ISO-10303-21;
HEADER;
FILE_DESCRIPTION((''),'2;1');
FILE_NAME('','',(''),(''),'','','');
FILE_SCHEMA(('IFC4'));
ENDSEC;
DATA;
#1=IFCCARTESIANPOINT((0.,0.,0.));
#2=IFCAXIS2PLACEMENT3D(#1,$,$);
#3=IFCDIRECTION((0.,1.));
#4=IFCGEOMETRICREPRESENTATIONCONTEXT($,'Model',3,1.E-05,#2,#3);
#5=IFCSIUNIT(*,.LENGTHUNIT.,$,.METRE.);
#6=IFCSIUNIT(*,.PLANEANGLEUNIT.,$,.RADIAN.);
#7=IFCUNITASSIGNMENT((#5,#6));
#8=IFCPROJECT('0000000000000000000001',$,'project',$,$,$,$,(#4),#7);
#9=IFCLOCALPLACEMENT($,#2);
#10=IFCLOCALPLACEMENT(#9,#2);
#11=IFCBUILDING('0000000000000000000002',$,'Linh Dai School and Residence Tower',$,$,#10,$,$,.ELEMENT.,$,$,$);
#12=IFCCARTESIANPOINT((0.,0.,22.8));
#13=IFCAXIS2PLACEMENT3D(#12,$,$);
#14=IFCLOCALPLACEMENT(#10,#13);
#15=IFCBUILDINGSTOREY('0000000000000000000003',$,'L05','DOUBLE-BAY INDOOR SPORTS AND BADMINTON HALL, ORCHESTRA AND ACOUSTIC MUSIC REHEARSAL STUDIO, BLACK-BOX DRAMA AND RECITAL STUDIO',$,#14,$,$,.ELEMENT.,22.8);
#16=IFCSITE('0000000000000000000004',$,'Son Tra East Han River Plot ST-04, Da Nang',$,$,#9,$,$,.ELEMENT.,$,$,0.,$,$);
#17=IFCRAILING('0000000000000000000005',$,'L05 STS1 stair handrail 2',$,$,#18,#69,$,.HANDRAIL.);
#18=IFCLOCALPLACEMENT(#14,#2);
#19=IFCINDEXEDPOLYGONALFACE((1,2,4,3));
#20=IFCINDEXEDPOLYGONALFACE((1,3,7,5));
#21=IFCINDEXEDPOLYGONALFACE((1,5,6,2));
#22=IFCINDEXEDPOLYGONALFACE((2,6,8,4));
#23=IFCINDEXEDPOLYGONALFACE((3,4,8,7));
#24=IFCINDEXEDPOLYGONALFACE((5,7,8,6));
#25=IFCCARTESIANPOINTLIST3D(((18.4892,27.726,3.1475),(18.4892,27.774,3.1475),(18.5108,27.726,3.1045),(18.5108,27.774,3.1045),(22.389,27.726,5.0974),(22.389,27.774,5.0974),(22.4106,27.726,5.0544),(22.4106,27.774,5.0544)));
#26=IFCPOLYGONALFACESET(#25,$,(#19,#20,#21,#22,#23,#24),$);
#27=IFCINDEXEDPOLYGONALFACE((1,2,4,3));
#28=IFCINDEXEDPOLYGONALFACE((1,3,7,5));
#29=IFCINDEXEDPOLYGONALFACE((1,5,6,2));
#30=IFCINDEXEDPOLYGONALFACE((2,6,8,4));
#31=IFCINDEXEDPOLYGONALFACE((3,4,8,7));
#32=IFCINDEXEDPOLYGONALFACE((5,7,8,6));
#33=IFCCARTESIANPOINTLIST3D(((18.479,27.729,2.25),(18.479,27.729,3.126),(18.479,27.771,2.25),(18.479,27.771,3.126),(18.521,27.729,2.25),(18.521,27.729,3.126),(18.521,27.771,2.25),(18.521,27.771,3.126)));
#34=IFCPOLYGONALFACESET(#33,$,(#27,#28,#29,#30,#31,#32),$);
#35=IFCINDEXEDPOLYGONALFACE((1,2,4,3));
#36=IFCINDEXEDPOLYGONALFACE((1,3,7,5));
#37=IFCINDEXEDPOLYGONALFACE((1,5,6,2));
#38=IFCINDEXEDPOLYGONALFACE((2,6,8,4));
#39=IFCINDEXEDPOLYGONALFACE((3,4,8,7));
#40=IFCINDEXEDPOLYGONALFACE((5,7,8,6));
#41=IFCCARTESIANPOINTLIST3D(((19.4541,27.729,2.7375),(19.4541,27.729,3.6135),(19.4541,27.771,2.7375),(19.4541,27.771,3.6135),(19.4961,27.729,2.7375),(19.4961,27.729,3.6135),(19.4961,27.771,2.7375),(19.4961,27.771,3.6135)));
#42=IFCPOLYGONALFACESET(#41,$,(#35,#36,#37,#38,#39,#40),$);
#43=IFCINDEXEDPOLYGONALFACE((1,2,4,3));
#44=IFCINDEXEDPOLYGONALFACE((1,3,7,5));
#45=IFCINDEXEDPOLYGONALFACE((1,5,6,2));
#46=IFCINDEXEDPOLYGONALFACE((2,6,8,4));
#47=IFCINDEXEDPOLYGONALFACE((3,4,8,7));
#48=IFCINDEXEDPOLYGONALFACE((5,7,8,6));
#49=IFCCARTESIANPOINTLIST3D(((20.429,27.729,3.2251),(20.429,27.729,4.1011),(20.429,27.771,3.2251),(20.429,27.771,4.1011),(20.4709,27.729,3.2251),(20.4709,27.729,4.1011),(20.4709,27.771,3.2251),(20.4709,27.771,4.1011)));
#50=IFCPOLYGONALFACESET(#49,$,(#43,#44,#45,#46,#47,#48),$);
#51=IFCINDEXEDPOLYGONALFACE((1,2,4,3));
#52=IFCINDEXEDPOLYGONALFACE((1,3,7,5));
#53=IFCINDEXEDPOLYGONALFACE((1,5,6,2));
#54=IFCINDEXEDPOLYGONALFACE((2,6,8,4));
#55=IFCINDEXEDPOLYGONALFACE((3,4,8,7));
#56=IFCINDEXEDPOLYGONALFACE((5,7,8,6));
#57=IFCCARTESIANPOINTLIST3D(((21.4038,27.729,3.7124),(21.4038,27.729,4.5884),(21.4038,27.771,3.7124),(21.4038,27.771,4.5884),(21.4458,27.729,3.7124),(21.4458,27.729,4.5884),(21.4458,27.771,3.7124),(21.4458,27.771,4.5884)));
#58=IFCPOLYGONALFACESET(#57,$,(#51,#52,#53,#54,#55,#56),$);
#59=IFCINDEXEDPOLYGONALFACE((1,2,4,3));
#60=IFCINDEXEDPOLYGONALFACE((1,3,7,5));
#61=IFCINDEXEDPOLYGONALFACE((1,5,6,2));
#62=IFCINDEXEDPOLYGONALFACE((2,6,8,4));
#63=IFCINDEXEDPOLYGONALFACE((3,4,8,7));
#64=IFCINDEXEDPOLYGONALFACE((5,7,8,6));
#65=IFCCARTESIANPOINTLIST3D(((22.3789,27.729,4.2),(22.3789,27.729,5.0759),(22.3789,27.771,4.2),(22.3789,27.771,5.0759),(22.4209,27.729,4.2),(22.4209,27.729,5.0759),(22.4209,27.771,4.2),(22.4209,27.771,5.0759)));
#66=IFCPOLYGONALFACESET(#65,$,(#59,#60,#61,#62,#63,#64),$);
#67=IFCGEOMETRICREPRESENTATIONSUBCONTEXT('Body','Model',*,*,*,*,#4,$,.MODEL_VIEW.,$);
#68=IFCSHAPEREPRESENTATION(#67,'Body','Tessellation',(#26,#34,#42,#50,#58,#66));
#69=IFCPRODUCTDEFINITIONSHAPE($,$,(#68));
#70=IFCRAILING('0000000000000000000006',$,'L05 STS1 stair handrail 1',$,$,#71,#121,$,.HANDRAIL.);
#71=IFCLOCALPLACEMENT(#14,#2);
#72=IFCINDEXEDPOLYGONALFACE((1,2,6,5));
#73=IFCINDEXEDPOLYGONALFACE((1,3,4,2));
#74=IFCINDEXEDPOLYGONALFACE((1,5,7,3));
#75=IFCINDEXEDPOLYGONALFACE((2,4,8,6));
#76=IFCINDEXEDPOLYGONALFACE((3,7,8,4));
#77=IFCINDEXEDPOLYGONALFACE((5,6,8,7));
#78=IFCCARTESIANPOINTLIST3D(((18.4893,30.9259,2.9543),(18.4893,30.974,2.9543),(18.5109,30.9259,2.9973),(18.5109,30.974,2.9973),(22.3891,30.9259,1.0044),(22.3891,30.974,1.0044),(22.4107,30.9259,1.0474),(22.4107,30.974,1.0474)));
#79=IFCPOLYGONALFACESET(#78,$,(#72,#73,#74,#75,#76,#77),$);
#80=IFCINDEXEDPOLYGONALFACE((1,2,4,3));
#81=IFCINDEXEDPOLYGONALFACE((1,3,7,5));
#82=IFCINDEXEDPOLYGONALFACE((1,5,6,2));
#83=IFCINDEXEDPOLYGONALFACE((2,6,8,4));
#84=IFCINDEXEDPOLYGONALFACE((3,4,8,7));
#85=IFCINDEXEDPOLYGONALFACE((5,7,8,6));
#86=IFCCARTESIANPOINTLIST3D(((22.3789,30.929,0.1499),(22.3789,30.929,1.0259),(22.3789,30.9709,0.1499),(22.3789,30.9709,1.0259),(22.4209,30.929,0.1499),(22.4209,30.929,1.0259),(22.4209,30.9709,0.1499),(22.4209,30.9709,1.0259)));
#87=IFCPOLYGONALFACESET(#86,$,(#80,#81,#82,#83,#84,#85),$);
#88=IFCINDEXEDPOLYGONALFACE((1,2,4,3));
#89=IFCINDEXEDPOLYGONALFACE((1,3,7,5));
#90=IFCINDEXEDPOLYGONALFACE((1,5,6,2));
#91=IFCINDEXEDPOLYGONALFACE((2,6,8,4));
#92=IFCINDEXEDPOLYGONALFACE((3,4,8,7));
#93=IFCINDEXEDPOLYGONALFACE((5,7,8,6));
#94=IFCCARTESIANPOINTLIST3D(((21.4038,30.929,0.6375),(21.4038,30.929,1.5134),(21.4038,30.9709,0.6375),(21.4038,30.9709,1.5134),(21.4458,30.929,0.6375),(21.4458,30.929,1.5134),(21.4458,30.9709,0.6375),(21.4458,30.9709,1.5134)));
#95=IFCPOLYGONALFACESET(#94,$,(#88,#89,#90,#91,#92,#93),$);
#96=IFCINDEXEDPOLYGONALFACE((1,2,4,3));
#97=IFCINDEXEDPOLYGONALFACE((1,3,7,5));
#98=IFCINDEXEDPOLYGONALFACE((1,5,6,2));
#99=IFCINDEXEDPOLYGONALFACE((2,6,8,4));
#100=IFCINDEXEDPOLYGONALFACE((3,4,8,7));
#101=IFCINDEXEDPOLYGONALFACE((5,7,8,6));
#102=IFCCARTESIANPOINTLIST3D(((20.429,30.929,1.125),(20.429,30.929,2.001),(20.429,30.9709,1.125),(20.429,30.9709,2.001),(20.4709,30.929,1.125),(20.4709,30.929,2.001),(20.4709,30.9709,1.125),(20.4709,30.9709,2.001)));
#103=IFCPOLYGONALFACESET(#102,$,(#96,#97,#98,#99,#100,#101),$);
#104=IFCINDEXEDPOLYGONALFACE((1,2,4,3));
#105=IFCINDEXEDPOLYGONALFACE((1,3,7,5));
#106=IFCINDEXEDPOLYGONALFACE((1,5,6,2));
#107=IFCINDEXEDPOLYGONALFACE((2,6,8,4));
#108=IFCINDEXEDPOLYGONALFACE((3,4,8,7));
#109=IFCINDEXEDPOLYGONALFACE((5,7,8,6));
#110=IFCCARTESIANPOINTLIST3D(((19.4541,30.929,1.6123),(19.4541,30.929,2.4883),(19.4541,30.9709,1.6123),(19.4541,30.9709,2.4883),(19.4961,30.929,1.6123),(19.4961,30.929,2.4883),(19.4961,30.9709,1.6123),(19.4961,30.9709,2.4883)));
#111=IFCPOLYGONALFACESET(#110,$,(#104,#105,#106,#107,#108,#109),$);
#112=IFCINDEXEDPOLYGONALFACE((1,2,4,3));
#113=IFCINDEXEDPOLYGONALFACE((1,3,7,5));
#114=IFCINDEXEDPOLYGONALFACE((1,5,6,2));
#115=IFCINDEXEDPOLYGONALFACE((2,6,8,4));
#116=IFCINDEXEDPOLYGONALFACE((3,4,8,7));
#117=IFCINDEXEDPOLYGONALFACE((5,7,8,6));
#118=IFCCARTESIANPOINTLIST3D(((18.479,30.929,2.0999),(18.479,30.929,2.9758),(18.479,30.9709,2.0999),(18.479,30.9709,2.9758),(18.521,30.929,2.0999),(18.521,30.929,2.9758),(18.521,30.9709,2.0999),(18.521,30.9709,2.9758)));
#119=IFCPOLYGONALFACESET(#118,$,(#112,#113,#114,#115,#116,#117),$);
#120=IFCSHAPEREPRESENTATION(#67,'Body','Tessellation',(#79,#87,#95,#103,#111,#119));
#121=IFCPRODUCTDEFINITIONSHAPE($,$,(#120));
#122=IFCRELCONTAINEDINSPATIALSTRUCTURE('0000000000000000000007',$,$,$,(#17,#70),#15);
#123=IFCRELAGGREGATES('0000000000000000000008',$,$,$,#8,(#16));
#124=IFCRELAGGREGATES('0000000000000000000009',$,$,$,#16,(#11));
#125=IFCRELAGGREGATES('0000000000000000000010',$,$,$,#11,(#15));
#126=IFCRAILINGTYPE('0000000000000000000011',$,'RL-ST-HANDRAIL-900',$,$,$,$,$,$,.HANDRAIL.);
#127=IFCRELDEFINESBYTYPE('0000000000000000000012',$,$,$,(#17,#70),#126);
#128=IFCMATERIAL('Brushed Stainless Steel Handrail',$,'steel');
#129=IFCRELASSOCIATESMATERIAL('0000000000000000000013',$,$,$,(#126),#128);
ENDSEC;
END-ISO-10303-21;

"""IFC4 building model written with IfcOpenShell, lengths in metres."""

from ifc_helpers import new_model, si_unit, direction, frame, origin, origin_2d, place, context, subcontext, project, spatial, rectangle, extrude, source, transform, mapped, material, type_object, element, save


model = new_model("IFC4")

# Units and contexts
model_context = context("Model", 3, precision=1e-05, world=origin(), true_north=direction((0.0, 1.0)))
body_context = subcontext(model_context, "Body", "Model", "MODEL_VIEW")
ifc_project = project(units=[si_unit("LENGTHUNIT", "METRE"), si_unit("PLANEANGLEUNIT", "RADIAN")], contexts=[model_context])

# Site, building, storey
site_placement = place(None, origin())
site = spatial("IfcSite", under=ifc_project, at=site_placement, Name="Son Tra East Han River Plot ST-04, Da Nang", CompositionType="ELEMENT", RefElevation=0.0)
building_placement = place(site_placement, origin())
building = spatial("IfcBuilding", under=site, at=building_placement, Name="Linh Dai School and Residence Tower", CompositionType="ELEMENT")
storey_placement = place(building_placement, frame((0.0, 0.0, 22.8)))
storey = spatial("IfcBuildingStorey", under=building, at=storey_placement, Name="L05", Description="DOUBLE-BAY INDOOR SPORTS AND BADMINTON HALL, ORCHESTRA AND ACOUSTIC MUSIC REHEARSAL STUDIO, BLACK-BOX DRAMA AND RECITAL STUDIO", CompositionType="ELEMENT", Elevation=22.8)

# Railings
ifc_material_1 = material(Name="Brushed Stainless Steel Handrail", Category="steel")
railing_type_1 = type_object("IfcRailingType", Name="RL-ST-HANDRAIL-900", PredefinedType="HANDRAIL", material=ifc_material_1)
shared_shape_1 = source(origin(), body_context, "Body", "SweptSolid", [
    extrude(rectangle(XDim=0.0481, YDim=0.0481, at=origin_2d()), frame((0.0, 0.0, 0.876), z_axis=(0.894427, 0.0, 0.447214), x_axis=(0.0, 1.0, 0.0)), (0.0, 0.0, 1.0), 4.3601),
    extrude(rectangle(XDim=0.042, YDim=0.042, at=origin_2d()), origin(), (0.0, 0.0, 1.0), 0.876),
    extrude(rectangle(XDim=0.042, YDim=0.042, at=origin_2d()), frame((0.9751, 0.0, 0.4875)), (0.0, 0.0, 1.0), 0.876),
    extrude(rectangle(XDim=0.042, YDim=0.042, at=origin_2d()), frame((1.95, 0.0, 0.9751)), (0.0, 0.0, 1.0), 0.876),
    extrude(rectangle(XDim=0.042, YDim=0.042, at=origin_2d()), frame((2.9248, 0.0, 1.4624)), (0.0, 0.0, 1.0), 0.876),
    extrude(rectangle(XDim=0.042, YDim=0.042, at=origin_2d()), frame((3.8999, 0.0, 1.95)), (0.0, 0.0, 1.0), 0.876),
])
railing_1_placement = place(storey_placement, frame((18.5, 27.75, 2.25)))
element("IfcRailing", 1, at=railing_1_placement, inside=storey, type_object=railing_type_1, Name="L05 STS1 stair handrail 2", PredefinedType="HANDRAIL", context=body_context, shape_type="MappedRepresentation", body=[
    mapped(shared_shape_1, transform((0.0, 0.0, 0.0), x_axis=(1.0, 0.0, 0.0), y_axis=(0.0, 1.0, 0.0), z_axis=(0.0, 0.0, 1.0), scale=1.0)),
])
shared_shape_2 = source(origin(), body_context, "Body", "SweptSolid", [
    extrude(rectangle(XDim=0.0481, YDim=0.0481, at=origin_2d()), frame((0.0, 0.0, 0.876), z_axis=(-0.894427, 0.0, 0.447214), x_axis=(0.0, -1.0, 0.0)), (0.0, 0.0, 1.0), 4.3601),
    extrude(rectangle(XDim=0.042, YDim=0.042, at=origin_2d()), origin(), (0.0, 0.0, 1.0), 0.876),
    extrude(rectangle(XDim=0.042, YDim=0.042, at=origin_2d()), frame((-0.9751, 0.0, 0.4875)), (0.0, 0.0, 1.0), 0.876),
    extrude(rectangle(XDim=0.042, YDim=0.042, at=origin_2d()), frame((-1.95, 0.0, 0.9751)), (0.0, 0.0, 1.0), 0.876),
    extrude(rectangle(XDim=0.042, YDim=0.042, at=origin_2d()), frame((-2.9248, 0.0, 1.4624)), (0.0, 0.0, 1.0), 0.876),
    extrude(rectangle(XDim=0.042, YDim=0.042, at=origin_2d()), frame((-3.8999, 0.0, 1.95)), (0.0, 0.0, 1.0), 0.876),
])
railing_2_placement = place(storey_placement, frame((22.3999, 30.95, 0.1499)))
element("IfcRailing", 2, at=railing_2_placement, inside=storey, type_object=railing_type_1, Name="L05 STS1 stair handrail 1", PredefinedType="HANDRAIL", context=body_context, shape_type="MappedRepresentation", body=[
    mapped(shared_shape_2, transform((0.0, 0.0, 0.0), x_axis=(1.0, 0.0, 0.0), y_axis=(0.0, 1.0, 0.0), z_axis=(0.0, 0.0, 1.0), scale=1.0)),
])

save(model, "model.ifc")
